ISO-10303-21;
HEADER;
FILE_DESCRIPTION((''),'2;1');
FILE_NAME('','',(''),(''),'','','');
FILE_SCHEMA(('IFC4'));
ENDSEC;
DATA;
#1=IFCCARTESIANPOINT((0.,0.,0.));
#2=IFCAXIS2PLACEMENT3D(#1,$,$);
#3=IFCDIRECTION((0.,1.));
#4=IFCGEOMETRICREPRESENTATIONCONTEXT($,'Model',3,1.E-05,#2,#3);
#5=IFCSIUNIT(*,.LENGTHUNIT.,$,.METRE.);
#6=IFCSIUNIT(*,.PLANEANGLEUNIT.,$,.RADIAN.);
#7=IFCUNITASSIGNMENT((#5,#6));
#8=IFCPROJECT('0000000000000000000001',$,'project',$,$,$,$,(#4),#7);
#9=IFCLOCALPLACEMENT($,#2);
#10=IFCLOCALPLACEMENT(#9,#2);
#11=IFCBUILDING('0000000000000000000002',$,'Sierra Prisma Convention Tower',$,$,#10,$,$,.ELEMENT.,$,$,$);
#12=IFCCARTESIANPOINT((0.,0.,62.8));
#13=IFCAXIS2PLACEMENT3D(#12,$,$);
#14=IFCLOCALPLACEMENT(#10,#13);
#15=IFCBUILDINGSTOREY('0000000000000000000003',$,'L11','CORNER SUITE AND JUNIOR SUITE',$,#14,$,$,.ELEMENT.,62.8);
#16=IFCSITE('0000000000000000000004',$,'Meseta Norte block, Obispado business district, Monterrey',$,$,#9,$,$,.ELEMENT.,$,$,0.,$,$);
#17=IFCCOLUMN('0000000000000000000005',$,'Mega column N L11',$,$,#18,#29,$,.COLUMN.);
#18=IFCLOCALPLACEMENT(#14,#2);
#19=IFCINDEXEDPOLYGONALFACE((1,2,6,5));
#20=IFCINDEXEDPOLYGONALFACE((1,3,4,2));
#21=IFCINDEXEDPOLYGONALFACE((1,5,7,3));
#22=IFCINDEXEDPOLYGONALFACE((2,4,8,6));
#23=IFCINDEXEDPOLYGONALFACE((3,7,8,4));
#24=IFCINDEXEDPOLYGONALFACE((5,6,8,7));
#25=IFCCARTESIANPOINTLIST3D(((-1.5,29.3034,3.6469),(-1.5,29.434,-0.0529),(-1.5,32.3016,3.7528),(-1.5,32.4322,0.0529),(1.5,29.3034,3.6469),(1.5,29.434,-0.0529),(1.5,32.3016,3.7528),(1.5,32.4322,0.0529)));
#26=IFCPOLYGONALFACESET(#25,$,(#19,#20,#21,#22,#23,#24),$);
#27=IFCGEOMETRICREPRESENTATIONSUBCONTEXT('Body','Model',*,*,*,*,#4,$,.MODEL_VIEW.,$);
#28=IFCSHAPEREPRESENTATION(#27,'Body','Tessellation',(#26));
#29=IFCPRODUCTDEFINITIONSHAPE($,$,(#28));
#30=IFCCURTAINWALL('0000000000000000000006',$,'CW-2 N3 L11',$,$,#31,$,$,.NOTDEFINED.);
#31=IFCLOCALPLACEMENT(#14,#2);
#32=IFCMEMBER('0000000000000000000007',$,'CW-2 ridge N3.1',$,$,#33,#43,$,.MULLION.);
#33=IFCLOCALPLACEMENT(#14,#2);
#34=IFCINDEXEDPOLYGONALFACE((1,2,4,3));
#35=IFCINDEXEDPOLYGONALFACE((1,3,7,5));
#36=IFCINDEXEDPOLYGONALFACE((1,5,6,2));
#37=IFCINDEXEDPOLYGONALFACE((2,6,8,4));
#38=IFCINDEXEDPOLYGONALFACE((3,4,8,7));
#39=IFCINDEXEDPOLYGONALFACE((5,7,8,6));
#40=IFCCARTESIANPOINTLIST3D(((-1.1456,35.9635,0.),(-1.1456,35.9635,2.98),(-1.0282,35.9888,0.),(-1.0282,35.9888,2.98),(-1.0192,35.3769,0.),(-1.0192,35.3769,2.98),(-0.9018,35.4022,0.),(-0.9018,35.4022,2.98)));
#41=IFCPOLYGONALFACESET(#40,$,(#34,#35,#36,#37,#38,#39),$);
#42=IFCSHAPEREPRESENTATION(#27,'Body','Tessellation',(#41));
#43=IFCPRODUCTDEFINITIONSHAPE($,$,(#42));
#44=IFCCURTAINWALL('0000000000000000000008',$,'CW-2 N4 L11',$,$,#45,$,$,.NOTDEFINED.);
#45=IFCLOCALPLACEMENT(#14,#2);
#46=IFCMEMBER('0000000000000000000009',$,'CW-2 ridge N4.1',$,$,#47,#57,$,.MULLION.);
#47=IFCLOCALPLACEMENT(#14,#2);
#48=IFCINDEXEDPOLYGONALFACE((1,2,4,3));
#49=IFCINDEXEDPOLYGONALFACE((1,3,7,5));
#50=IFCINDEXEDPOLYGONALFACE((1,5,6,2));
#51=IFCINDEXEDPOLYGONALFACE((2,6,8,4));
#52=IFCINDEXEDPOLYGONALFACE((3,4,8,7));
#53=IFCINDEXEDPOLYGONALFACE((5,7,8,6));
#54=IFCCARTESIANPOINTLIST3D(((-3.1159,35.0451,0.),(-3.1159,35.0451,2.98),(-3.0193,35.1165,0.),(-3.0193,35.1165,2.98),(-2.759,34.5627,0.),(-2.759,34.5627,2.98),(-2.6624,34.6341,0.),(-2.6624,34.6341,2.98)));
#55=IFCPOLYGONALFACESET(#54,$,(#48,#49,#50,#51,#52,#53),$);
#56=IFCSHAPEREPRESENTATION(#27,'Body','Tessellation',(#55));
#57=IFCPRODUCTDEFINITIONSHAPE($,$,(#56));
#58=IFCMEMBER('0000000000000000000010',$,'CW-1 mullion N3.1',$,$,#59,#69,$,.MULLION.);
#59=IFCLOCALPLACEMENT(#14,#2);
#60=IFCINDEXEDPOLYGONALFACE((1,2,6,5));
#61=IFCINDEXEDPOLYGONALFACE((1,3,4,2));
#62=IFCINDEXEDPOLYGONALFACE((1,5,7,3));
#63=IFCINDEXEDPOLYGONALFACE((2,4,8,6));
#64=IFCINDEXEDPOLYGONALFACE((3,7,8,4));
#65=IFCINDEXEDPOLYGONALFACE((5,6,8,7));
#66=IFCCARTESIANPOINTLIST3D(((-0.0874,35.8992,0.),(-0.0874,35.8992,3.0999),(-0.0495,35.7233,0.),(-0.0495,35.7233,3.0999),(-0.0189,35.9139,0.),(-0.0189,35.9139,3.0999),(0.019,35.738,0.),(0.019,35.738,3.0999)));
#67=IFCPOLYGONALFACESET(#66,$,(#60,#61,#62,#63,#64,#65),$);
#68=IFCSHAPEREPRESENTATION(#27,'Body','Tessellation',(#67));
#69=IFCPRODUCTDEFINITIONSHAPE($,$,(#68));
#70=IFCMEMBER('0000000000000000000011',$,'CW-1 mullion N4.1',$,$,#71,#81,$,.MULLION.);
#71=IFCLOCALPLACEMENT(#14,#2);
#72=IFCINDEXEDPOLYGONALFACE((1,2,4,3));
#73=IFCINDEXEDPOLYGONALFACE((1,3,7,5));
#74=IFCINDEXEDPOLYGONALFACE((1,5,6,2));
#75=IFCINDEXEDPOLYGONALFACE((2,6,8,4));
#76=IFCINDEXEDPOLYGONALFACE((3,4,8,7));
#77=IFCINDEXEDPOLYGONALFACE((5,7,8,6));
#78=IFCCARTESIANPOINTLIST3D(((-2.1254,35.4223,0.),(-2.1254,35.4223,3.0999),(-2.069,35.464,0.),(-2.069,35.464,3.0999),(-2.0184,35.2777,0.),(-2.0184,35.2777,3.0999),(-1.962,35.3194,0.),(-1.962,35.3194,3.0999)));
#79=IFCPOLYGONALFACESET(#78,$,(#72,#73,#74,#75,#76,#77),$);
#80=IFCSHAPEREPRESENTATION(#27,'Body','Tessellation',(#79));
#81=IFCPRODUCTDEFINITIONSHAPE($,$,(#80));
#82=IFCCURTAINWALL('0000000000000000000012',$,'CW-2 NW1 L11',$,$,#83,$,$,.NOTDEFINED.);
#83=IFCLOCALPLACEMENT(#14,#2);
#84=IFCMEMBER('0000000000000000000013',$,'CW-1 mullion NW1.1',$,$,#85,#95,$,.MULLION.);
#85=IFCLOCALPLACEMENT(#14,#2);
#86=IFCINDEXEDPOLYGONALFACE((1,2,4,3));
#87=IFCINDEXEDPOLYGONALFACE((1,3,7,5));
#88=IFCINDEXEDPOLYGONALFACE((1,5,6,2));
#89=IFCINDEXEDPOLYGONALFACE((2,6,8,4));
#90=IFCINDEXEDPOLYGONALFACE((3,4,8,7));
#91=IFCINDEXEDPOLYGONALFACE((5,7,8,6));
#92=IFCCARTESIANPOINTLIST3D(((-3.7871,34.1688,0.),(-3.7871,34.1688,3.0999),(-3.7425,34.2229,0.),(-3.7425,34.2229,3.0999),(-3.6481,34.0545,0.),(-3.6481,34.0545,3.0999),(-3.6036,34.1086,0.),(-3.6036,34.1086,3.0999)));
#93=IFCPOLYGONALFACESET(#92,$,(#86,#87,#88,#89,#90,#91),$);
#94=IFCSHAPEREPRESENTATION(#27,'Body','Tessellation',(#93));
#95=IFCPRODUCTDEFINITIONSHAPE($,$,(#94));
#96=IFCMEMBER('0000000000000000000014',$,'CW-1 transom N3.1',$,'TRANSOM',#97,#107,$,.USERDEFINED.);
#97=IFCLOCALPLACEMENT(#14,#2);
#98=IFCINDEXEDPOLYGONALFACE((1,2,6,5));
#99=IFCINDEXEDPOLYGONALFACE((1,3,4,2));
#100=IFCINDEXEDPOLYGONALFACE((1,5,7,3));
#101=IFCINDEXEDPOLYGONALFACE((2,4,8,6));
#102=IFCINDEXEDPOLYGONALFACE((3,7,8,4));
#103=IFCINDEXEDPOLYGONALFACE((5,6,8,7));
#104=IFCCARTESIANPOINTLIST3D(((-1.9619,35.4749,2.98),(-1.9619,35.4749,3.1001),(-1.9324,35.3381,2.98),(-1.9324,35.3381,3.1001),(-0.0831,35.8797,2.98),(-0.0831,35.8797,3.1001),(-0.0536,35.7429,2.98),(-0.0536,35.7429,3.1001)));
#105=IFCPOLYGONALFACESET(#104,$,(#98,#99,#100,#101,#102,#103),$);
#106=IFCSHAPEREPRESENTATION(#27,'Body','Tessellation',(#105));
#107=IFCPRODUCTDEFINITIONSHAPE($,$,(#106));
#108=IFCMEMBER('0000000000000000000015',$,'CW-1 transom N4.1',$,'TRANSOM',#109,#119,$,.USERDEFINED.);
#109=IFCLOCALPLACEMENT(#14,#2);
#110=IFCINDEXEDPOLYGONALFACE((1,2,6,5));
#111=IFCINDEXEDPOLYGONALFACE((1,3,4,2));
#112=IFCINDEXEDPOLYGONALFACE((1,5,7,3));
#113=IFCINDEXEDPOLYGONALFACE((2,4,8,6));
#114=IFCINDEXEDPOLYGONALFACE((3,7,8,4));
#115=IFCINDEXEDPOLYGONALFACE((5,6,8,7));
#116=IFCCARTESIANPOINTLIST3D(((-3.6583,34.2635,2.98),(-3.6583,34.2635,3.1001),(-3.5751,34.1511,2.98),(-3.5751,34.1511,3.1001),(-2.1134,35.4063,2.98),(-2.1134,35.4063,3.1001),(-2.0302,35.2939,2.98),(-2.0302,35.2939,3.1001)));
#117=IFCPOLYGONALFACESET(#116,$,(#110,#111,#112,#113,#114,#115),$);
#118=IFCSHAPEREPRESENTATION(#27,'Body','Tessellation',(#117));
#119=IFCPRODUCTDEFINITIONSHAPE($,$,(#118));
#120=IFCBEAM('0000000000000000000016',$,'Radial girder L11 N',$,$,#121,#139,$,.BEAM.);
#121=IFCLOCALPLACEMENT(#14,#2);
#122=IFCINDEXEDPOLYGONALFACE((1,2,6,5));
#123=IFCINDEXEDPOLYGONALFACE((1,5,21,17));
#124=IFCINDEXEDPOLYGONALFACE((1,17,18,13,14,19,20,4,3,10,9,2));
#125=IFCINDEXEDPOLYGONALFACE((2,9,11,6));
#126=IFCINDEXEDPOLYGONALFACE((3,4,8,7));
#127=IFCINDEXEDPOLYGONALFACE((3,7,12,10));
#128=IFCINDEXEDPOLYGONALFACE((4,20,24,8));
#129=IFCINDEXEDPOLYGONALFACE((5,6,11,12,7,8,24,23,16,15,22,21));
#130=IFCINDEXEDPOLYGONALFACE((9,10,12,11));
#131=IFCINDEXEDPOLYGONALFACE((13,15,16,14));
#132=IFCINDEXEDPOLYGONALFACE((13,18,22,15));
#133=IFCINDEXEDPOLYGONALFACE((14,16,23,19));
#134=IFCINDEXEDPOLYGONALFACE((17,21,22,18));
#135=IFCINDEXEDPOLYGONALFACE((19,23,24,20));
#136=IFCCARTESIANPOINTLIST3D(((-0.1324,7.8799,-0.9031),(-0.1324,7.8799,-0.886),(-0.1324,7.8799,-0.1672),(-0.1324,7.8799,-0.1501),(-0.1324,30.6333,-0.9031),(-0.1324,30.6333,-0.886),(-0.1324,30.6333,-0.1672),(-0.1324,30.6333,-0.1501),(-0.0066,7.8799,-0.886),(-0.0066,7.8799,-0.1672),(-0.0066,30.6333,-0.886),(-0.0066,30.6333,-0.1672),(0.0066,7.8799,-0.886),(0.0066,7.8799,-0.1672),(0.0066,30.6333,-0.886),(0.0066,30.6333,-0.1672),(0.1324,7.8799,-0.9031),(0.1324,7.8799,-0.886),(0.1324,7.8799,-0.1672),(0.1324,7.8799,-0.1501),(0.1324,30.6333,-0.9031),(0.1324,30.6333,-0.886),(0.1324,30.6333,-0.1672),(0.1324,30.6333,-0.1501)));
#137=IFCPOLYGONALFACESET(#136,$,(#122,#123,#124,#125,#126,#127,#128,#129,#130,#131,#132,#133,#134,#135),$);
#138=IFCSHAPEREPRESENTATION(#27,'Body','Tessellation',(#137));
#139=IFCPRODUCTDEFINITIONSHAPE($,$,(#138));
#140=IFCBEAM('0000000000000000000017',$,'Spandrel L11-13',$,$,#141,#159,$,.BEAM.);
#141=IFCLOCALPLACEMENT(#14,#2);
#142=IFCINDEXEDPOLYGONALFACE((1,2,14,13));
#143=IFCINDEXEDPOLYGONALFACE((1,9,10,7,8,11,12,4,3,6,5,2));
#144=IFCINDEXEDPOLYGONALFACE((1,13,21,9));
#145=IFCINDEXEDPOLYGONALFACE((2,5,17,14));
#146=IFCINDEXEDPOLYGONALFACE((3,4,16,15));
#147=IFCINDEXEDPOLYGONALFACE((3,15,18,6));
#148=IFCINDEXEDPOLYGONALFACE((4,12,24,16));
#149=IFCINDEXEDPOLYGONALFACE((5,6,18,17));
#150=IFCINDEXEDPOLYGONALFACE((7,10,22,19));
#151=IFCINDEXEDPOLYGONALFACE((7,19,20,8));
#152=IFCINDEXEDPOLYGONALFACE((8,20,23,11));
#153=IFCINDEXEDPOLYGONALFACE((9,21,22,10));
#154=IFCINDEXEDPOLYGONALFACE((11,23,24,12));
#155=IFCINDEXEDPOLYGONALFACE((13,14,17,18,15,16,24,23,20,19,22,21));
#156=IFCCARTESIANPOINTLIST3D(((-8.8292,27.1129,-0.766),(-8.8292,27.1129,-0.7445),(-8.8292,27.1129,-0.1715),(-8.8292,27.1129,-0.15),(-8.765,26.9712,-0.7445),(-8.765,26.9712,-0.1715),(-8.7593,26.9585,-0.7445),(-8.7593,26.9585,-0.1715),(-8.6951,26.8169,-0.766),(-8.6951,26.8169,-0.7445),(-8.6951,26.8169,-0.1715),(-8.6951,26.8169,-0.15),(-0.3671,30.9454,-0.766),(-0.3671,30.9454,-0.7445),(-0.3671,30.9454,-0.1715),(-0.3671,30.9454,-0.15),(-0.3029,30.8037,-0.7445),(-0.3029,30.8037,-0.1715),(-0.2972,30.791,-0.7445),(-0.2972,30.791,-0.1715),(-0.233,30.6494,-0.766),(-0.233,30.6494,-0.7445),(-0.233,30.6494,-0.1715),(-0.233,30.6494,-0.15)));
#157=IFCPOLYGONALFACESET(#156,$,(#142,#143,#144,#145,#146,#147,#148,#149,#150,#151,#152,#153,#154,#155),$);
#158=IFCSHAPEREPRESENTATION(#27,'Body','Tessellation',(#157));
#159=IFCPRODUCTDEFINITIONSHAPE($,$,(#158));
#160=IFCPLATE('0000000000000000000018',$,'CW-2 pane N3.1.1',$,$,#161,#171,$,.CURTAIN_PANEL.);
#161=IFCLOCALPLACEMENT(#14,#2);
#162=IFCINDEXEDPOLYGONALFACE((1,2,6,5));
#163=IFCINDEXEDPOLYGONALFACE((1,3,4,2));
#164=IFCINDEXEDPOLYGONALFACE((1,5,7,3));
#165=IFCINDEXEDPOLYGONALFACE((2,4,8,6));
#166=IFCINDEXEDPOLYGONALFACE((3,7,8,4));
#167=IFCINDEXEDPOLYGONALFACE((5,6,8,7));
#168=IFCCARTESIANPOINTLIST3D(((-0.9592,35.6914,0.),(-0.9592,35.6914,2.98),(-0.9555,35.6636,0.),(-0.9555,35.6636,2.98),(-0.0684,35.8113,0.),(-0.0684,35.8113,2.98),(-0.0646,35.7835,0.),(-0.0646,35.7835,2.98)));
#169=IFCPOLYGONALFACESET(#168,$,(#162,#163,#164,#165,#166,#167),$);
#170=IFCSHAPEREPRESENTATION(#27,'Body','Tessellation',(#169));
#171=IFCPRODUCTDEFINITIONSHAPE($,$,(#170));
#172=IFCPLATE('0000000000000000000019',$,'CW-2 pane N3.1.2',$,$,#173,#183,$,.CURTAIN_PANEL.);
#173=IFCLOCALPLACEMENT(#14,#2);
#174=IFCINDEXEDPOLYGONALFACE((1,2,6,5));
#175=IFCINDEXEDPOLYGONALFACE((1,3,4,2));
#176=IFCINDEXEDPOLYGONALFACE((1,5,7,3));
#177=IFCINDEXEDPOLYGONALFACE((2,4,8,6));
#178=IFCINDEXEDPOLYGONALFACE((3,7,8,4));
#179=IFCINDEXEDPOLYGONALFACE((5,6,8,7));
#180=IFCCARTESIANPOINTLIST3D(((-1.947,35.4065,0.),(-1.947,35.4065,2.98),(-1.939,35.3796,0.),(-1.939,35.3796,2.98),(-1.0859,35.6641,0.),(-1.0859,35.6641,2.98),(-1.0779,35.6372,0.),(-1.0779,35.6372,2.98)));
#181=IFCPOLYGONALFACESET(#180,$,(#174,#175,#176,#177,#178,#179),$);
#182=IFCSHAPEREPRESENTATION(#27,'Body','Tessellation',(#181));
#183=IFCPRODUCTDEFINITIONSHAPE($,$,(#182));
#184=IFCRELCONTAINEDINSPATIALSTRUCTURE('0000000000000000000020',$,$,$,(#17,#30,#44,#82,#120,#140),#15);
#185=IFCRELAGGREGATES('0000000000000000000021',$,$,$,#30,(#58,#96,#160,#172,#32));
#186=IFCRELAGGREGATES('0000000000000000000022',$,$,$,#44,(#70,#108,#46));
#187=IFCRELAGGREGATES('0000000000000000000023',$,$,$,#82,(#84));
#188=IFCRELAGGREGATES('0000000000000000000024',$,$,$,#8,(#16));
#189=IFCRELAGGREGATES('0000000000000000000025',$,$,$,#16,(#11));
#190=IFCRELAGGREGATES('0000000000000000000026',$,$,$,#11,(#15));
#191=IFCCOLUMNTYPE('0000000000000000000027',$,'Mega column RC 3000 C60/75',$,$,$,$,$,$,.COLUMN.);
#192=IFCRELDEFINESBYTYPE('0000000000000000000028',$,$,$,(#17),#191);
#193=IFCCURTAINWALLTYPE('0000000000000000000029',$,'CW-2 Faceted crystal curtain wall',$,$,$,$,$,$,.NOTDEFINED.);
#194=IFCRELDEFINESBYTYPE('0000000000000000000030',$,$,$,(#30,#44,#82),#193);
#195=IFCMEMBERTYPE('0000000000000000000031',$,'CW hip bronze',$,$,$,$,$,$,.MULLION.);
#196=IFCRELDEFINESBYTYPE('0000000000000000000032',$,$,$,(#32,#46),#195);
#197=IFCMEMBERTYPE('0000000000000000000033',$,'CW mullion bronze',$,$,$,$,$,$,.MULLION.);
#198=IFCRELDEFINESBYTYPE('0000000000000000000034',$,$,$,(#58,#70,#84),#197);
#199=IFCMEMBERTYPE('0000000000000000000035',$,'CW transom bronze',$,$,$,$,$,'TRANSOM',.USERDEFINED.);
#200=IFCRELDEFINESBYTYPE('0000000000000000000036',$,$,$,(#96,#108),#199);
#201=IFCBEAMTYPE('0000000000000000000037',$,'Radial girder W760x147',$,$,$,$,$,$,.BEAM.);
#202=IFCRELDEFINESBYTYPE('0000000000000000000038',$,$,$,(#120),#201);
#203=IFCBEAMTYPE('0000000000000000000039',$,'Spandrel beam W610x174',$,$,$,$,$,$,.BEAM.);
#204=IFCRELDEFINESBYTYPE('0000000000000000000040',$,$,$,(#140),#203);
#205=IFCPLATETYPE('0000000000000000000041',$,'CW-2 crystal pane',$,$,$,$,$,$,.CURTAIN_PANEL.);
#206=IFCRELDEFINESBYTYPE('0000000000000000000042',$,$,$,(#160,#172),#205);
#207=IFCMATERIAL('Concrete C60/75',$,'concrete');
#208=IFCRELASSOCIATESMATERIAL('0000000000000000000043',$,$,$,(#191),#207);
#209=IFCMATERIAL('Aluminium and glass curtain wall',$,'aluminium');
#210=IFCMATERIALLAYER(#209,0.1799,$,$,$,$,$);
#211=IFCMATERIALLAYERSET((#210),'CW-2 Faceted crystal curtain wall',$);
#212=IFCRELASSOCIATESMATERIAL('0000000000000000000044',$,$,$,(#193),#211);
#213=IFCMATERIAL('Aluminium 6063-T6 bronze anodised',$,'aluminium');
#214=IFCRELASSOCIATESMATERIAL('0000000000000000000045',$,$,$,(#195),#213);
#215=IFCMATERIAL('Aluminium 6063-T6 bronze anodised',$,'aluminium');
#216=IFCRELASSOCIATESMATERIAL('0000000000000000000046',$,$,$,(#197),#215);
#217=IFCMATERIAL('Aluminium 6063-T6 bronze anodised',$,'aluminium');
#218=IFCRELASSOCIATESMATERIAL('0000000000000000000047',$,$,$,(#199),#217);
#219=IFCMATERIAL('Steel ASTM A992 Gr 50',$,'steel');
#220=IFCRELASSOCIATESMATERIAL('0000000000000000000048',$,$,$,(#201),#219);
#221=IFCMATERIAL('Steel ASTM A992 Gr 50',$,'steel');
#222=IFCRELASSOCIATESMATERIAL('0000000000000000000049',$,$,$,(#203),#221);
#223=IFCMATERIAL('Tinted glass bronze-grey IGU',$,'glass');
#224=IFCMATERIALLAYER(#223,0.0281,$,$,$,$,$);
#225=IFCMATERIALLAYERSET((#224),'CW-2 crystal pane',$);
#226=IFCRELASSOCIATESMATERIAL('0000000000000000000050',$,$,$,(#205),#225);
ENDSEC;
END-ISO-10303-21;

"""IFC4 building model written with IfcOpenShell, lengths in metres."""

from ifc_helpers import new_model, si_unit, direction, frame, origin, origin_2d, place, context, subcontext, project, spatial, polyline, rectangle, i_section, outline, extrude, material, layer, layer_set, material_profile, profile_set, type_object, element, aggregate, save


model = new_model("IFC4")

# Units and contexts
model_context = context("Model", 3, precision=1e-05, world=origin(), true_north=direction((0.0, 1.0)))
body_context = subcontext(model_context, "Body", "Model", "MODEL_VIEW")
ifc_project = project(units=[si_unit("LENGTHUNIT", "METRE"), si_unit("PLANEANGLEUNIT", "RADIAN")], contexts=[model_context])

# Site, building, storey
site_placement = place(None, origin())
site = spatial("IfcSite", under=ifc_project, at=site_placement, Name="Meseta Norte block, Obispado business district, Monterrey", CompositionType="ELEMENT", RefElevation=0.0)
building_placement = place(site_placement, origin())
building = spatial("IfcBuilding", under=site, at=building_placement, Name="Sierra Prisma Convention Tower", CompositionType="ELEMENT")
storey_placement = place(building_placement, frame((0.0, 0.0, 62.8)))
storey = spatial("IfcBuildingStorey", under=building, at=storey_placement, Name="L11", Description="CORNER SUITE AND JUNIOR SUITE", CompositionType="ELEMENT", Elevation=62.8)

# Column
ifc_material_1 = material(Name="Concrete C60/75", Category="concrete")
ifc_material_profile_1 = material_profile(ifc_material_1, rectangle(XDim=3.0, YDim=3.0, at=origin_2d()), Name="Mega column RC 3000 C60/75")
ifc_profile_set_1 = profile_set([ifc_material_profile_1], Name="Concrete C60/75")
column_type = type_object("IfcColumnType", Name="Mega column RC 3000 C60/75", PredefinedType="COLUMN", material=ifc_profile_set_1)
column_placement = place(storey_placement, frame((0.0, 30.9331, 0.0), z_axis=(0.0, -0.03528, 0.999377), x_axis=(1.0, 0.0, 0.0)))
element("IfcColumn", 1, at=column_placement, inside=storey, type_object=column_type, Name="Mega column N L11", PredefinedType="COLUMN", context=body_context, shape_type="SweptSolid", body=[
    extrude(rectangle(XDim=3.0, YDim=3.0, at=origin_2d()), origin(), (0.0, 0.0, 1.0), 3.7021),
])

# Curtain walls, members
ifc_material_2 = material(Name="Aluminium and glass curtain wall", Category="aluminium")
ifc_layer_1 = layer(ifc_material_2, 0.1799)
ifc_layer_set_1 = layer_set([ifc_layer_1], Name="CW-2 Faceted crystal curtain wall")
curtain_wall_type = type_object("IfcCurtainWallType", Name="CW-2 Faceted crystal curtain wall", PredefinedType="NOTDEFINED", material=ifc_layer_set_1)
curtain_wall_1_placement = place(storey_placement, origin())
curtain_wall_1 = element("IfcCurtainWall", 2, at=curtain_wall_1_placement, inside=storey, type_object=curtain_wall_type, Name="CW-2 N3 L11", PredefinedType="NOTDEFINED")
ifc_material_3 = material(Name="Aluminium 6063-T6 bronze anodised", Category="aluminium")
ifc_material_profile_2 = material_profile(ifc_material_3, rectangle(XDim=0.1201, YDim=0.6001, at=origin_2d()), Name="ALU RIDGE BLADE 120x600")
ifc_profile_set_2 = profile_set([ifc_material_profile_2], Name="Aluminium 6063-T6 bronze anodised")
member_type_1 = type_object("IfcMemberType", Name="CW hip bronze", PredefinedType="MULLION", material=ifc_profile_set_2)
member_1_placement = place(storey_placement, frame((-1.0237, 35.6829, 0.0), z_axis=(0.0, 0.0, 1.0), x_axis=(-0.977554, -0.210687, 0.0)))
member_1 = element("IfcMember", 3, at=member_1_placement, type_object=member_type_1, Name="CW-2 ridge N3.1", PredefinedType="MULLION", context=body_context, shape_type="SweptSolid", body=[
    extrude(rectangle(XDim=0.1201, YDim=0.6001, at=origin_2d()), origin(), (0.0, 0.0, 1.0), 2.98),
])
curtain_wall_2_placement = place(storey_placement, origin())
curtain_wall_2 = element("IfcCurtainWall", 4, at=curtain_wall_2_placement, inside=storey, type_object=curtain_wall_type, Name="CW-2 N4 L11", PredefinedType="NOTDEFINED")
member_2_placement = place(storey_placement, frame((-2.8892, 34.8396, 0.0), z_axis=(0.0, 0.0, 1.0), x_axis=(-0.803983, -0.594653, 0.0)))
member_2 = element("IfcMember", 5, at=member_2_placement, type_object=member_type_1, Name="CW-2 ridge N4.1", PredefinedType="MULLION", context=body_context, shape_type="SweptSolid", body=[
    extrude(rectangle(XDim=0.1201, YDim=0.6001, at=origin_2d()), origin(), (0.0, 0.0, 1.0), 2.98),
])

# Members
ifc_material_4 = material(Name="Aluminium 6063-T6 bronze anodised", Category="aluminium")
ifc_material_profile_3 = material_profile(ifc_material_4, rectangle(XDim=0.1799, YDim=0.0701, at=origin_2d()), Name="ALU MULLION 70x180")
ifc_profile_set_3 = profile_set([ifc_material_profile_3], Name="Aluminium 6063-T6 bronze anodised")
member_type_2 = type_object("IfcMemberType", Name="CW mullion bronze", PredefinedType="MULLION", material=ifc_profile_set_3)
member_3_placement = place(storey_placement, frame((-0.0342, 35.8186, 0.0), z_axis=(0.0, 0.0, 1.0), x_axis=(0.210687, -0.977554, 0.0)))
member_3 = element("IfcMember", 6, at=member_3_placement, type_object=member_type_2, Name="CW-1 mullion N3.1", PredefinedType="MULLION", context=body_context, shape_type="SweptSolid", body=[
    extrude(rectangle(XDim=0.1799, YDim=0.0701, at=origin_2d()), origin(), (0.0, 0.0, 1.0), 3.0999),
])
member_4_placement = place(storey_placement, frame((-2.0437, 35.3708, 0.0), z_axis=(0.0, 0.0, 1.0), x_axis=(0.594653, -0.803983, 0.0)))
member_4 = element("IfcMember", 7, at=member_4_placement, type_object=member_type_2, Name="CW-1 mullion N4.1", PredefinedType="MULLION", context=body_context, shape_type="SweptSolid", body=[
    extrude(rectangle(XDim=0.1799, YDim=0.0701, at=origin_2d()), origin(), (0.0, 0.0, 1.0), 3.0999),
])

# Curtain wall, member
curtain_wall_3_placement = place(storey_placement, origin())
curtain_wall_3 = element("IfcCurtainWall", 8, at=curtain_wall_3_placement, inside=storey, type_object=curtain_wall_type, Name="CW-2 NW1 L11", PredefinedType="NOTDEFINED")
member_5_placement = place(storey_placement, frame((-3.6953, 34.1387, 0.0), z_axis=(0.0, 0.0, 1.0), x_axis=(0.772391, -0.635148, 0.0)))
member_5 = element("IfcMember", 9, at=member_5_placement, type_object=member_type_2, Name="CW-1 mullion NW1.1", PredefinedType="MULLION", context=body_context, shape_type="SweptSolid", body=[
    extrude(rectangle(XDim=0.1799, YDim=0.0701, at=origin_2d()), origin(), (0.0, 0.0, 1.0), 3.0999),
])

# Members
ifc_material_5 = material(Name="Aluminium 6063-T6 bronze anodised", Category="aluminium")
ifc_material_profile_4 = material_profile(ifc_material_5, rectangle(XDim=0.1399, YDim=0.1201, at=origin_2d()), Name="ALU TRANSOM 120x140")
ifc_profile_set_4 = profile_set([ifc_material_profile_4], Name="Aluminium 6063-T6 bronze anodised")
member_type_3 = type_object("IfcMemberType", Name="CW transom bronze", ElementType="TRANSOM", PredefinedType="USERDEFINED", material=ifc_profile_set_4)
member_6_placement = place(storey_placement, frame((-0.0684, 35.8113, 3.04), z_axis=(-0.977566, -0.210631, 0.0), x_axis=(0.210631, -0.977566, 0.0)))
member_6 = element("IfcMember", 10, at=member_6_placement, type_object=member_type_3, Name="CW-1 transom N3.1", ObjectType="TRANSOM", PredefinedType="USERDEFINED", context=body_context, shape_type="SweptSolid", body=[
    extrude(rectangle(XDim=0.1399, YDim=0.1201, at=origin_2d()), origin(), (0.0, 0.0, 1.0), 1.9219),
])
member_7_placement = place(storey_placement, frame((-2.0718, 35.3501, 3.04), z_axis=(-0.803946, -0.594702, 0.0), x_axis=(0.594702, -0.803946, 0.0)))
member_7 = element("IfcMember", 11, at=member_7_placement, type_object=member_type_3, Name="CW-1 transom N4.1", ObjectType="TRANSOM", PredefinedType="USERDEFINED", context=body_context, shape_type="SweptSolid", body=[
    extrude(rectangle(XDim=0.1399, YDim=0.1201, at=origin_2d()), origin(), (0.0, 0.0, 1.0), 1.9216),
])

# Beams
ifc_material_6 = material(Name="Steel ASTM A992 Gr 50", Category="steel")
ifc_material_profile_5 = material_profile(ifc_material_6, i_section(OverallWidth=0.2649, OverallDepth=0.7529, WebThickness=0.0132, FlangeThickness=0.0171, at=origin_2d()), Name="W760x147")
ifc_profile_set_5 = profile_set([ifc_material_profile_5], Name="Steel ASTM A992 Gr 50")
beam_type_1 = type_object("IfcBeamType", Name="Radial girder W760x147", PredefinedType="BEAM", material=ifc_profile_set_5)
beam_1_placement = place(storey_placement, frame((0.0, 30.6333, -0.5266), z_axis=(0.0, -1.0, 0.0), x_axis=(1.0, 0.0, 0.0)))
element("IfcBeam", 12, at=beam_1_placement, inside=storey, type_object=beam_type_1, Name="Radial girder L11 N", PredefinedType="BEAM", context=body_context, shape_type="SweptSolid", body=[
    extrude(i_section(OverallWidth=0.2649, OverallDepth=0.7529, WebThickness=0.0132, FlangeThickness=0.0171, at=origin_2d()), origin(), (0.0, 0.0, 1.0), 22.7534),
])
ifc_material_7 = material(Name="Steel ASTM A992 Gr 50", Category="steel")
ifc_material_profile_6 = material_profile(ifc_material_7, i_section(OverallWidth=0.325, OverallDepth=0.616, WebThickness=0.0139, FlangeThickness=0.0215, at=origin_2d()), Name="W610x174")
ifc_profile_set_6 = profile_set([ifc_material_profile_6], Name="Steel ASTM A992 Gr 50")
beam_type_2 = type_object("IfcBeamType", Name="Spandrel beam W610x174", PredefinedType="BEAM", material=ifc_profile_set_6)
beam_2_placement = place(storey_placement, frame((-0.3, 30.7974, -0.458), z_axis=(-0.91093, -0.412561, 0.0), x_axis=(0.412561, -0.91093, 0.0)))
element("IfcBeam", 13, at=beam_2_placement, inside=storey, type_object=beam_type_2, Name="Spandrel L11-13", PredefinedType="BEAM", context=body_context, shape_type="SweptSolid", body=[
    extrude(i_section(OverallWidth=0.325, OverallDepth=0.616, WebThickness=0.0139, FlangeThickness=0.0215, at=origin_2d()), origin(), (0.0, 0.0, 1.0), 9.2896),
])

# Plates
ifc_material_8 = material(Name="Tinted glass bronze-grey IGU", Category="glass")
ifc_layer_2 = layer(ifc_material_8, 0.0281)
ifc_layer_set_2 = layer_set([ifc_layer_2], Name="CW-2 crystal pane")
plate_type = type_object("IfcPlateType", Name="CW-2 crystal pane", PredefinedType="CURTAIN_PANEL", material=ifc_layer_set_2)
plate_1_placement = place(storey_placement, frame((-0.0684, 35.8113, 0.0), z_axis=(-0.133356, 0.991068, 0.0), x_axis=(-0.991068, -0.133356, 0.0)))
plate_1 = element("IfcPlate", 14, at=plate_1_placement, type_object=plate_type, Name="CW-2 pane N3.1.1", PredefinedType="CURTAIN_PANEL", context=body_context, shape_type="SweptSolid", body=[
    extrude(outline(polyline([(0.0, 0.0), (0.8989, 0.0), (0.8989, 2.98), (0.0, 2.98), (0.0, 0.0)])), origin(), (0.0, 0.0, -1.0), 0.0281),
])
plate_2_placement = place(storey_placement, frame((-1.947, 35.4065, 0.0), z_axis=(-0.286575, 0.958058, 0.0), x_axis=(0.958058, 0.286575, 0.0)))
plate_2 = element("IfcPlate", 15, at=plate_2_placement, type_object=plate_type, Name="CW-2 pane N3.1.2", PredefinedType="CURTAIN_PANEL", context=body_context, shape_type="SweptSolid", body=[
    extrude(outline(polyline([(0.0, 0.0), (0.8988, 0.0), (0.8988, -2.98), (0.0, -2.98), (0.0, 0.0)])), origin(), (0.0, 0.0, -1.0), 0.0281),
])
aggregate(curtain_wall_1, [member_3, member_6, plate_1, plate_2, member_1])
aggregate(curtain_wall_2, [member_4, member_7, member_2])
aggregate(curtain_wall_3, [member_5])

save(model, "model.ifc")
